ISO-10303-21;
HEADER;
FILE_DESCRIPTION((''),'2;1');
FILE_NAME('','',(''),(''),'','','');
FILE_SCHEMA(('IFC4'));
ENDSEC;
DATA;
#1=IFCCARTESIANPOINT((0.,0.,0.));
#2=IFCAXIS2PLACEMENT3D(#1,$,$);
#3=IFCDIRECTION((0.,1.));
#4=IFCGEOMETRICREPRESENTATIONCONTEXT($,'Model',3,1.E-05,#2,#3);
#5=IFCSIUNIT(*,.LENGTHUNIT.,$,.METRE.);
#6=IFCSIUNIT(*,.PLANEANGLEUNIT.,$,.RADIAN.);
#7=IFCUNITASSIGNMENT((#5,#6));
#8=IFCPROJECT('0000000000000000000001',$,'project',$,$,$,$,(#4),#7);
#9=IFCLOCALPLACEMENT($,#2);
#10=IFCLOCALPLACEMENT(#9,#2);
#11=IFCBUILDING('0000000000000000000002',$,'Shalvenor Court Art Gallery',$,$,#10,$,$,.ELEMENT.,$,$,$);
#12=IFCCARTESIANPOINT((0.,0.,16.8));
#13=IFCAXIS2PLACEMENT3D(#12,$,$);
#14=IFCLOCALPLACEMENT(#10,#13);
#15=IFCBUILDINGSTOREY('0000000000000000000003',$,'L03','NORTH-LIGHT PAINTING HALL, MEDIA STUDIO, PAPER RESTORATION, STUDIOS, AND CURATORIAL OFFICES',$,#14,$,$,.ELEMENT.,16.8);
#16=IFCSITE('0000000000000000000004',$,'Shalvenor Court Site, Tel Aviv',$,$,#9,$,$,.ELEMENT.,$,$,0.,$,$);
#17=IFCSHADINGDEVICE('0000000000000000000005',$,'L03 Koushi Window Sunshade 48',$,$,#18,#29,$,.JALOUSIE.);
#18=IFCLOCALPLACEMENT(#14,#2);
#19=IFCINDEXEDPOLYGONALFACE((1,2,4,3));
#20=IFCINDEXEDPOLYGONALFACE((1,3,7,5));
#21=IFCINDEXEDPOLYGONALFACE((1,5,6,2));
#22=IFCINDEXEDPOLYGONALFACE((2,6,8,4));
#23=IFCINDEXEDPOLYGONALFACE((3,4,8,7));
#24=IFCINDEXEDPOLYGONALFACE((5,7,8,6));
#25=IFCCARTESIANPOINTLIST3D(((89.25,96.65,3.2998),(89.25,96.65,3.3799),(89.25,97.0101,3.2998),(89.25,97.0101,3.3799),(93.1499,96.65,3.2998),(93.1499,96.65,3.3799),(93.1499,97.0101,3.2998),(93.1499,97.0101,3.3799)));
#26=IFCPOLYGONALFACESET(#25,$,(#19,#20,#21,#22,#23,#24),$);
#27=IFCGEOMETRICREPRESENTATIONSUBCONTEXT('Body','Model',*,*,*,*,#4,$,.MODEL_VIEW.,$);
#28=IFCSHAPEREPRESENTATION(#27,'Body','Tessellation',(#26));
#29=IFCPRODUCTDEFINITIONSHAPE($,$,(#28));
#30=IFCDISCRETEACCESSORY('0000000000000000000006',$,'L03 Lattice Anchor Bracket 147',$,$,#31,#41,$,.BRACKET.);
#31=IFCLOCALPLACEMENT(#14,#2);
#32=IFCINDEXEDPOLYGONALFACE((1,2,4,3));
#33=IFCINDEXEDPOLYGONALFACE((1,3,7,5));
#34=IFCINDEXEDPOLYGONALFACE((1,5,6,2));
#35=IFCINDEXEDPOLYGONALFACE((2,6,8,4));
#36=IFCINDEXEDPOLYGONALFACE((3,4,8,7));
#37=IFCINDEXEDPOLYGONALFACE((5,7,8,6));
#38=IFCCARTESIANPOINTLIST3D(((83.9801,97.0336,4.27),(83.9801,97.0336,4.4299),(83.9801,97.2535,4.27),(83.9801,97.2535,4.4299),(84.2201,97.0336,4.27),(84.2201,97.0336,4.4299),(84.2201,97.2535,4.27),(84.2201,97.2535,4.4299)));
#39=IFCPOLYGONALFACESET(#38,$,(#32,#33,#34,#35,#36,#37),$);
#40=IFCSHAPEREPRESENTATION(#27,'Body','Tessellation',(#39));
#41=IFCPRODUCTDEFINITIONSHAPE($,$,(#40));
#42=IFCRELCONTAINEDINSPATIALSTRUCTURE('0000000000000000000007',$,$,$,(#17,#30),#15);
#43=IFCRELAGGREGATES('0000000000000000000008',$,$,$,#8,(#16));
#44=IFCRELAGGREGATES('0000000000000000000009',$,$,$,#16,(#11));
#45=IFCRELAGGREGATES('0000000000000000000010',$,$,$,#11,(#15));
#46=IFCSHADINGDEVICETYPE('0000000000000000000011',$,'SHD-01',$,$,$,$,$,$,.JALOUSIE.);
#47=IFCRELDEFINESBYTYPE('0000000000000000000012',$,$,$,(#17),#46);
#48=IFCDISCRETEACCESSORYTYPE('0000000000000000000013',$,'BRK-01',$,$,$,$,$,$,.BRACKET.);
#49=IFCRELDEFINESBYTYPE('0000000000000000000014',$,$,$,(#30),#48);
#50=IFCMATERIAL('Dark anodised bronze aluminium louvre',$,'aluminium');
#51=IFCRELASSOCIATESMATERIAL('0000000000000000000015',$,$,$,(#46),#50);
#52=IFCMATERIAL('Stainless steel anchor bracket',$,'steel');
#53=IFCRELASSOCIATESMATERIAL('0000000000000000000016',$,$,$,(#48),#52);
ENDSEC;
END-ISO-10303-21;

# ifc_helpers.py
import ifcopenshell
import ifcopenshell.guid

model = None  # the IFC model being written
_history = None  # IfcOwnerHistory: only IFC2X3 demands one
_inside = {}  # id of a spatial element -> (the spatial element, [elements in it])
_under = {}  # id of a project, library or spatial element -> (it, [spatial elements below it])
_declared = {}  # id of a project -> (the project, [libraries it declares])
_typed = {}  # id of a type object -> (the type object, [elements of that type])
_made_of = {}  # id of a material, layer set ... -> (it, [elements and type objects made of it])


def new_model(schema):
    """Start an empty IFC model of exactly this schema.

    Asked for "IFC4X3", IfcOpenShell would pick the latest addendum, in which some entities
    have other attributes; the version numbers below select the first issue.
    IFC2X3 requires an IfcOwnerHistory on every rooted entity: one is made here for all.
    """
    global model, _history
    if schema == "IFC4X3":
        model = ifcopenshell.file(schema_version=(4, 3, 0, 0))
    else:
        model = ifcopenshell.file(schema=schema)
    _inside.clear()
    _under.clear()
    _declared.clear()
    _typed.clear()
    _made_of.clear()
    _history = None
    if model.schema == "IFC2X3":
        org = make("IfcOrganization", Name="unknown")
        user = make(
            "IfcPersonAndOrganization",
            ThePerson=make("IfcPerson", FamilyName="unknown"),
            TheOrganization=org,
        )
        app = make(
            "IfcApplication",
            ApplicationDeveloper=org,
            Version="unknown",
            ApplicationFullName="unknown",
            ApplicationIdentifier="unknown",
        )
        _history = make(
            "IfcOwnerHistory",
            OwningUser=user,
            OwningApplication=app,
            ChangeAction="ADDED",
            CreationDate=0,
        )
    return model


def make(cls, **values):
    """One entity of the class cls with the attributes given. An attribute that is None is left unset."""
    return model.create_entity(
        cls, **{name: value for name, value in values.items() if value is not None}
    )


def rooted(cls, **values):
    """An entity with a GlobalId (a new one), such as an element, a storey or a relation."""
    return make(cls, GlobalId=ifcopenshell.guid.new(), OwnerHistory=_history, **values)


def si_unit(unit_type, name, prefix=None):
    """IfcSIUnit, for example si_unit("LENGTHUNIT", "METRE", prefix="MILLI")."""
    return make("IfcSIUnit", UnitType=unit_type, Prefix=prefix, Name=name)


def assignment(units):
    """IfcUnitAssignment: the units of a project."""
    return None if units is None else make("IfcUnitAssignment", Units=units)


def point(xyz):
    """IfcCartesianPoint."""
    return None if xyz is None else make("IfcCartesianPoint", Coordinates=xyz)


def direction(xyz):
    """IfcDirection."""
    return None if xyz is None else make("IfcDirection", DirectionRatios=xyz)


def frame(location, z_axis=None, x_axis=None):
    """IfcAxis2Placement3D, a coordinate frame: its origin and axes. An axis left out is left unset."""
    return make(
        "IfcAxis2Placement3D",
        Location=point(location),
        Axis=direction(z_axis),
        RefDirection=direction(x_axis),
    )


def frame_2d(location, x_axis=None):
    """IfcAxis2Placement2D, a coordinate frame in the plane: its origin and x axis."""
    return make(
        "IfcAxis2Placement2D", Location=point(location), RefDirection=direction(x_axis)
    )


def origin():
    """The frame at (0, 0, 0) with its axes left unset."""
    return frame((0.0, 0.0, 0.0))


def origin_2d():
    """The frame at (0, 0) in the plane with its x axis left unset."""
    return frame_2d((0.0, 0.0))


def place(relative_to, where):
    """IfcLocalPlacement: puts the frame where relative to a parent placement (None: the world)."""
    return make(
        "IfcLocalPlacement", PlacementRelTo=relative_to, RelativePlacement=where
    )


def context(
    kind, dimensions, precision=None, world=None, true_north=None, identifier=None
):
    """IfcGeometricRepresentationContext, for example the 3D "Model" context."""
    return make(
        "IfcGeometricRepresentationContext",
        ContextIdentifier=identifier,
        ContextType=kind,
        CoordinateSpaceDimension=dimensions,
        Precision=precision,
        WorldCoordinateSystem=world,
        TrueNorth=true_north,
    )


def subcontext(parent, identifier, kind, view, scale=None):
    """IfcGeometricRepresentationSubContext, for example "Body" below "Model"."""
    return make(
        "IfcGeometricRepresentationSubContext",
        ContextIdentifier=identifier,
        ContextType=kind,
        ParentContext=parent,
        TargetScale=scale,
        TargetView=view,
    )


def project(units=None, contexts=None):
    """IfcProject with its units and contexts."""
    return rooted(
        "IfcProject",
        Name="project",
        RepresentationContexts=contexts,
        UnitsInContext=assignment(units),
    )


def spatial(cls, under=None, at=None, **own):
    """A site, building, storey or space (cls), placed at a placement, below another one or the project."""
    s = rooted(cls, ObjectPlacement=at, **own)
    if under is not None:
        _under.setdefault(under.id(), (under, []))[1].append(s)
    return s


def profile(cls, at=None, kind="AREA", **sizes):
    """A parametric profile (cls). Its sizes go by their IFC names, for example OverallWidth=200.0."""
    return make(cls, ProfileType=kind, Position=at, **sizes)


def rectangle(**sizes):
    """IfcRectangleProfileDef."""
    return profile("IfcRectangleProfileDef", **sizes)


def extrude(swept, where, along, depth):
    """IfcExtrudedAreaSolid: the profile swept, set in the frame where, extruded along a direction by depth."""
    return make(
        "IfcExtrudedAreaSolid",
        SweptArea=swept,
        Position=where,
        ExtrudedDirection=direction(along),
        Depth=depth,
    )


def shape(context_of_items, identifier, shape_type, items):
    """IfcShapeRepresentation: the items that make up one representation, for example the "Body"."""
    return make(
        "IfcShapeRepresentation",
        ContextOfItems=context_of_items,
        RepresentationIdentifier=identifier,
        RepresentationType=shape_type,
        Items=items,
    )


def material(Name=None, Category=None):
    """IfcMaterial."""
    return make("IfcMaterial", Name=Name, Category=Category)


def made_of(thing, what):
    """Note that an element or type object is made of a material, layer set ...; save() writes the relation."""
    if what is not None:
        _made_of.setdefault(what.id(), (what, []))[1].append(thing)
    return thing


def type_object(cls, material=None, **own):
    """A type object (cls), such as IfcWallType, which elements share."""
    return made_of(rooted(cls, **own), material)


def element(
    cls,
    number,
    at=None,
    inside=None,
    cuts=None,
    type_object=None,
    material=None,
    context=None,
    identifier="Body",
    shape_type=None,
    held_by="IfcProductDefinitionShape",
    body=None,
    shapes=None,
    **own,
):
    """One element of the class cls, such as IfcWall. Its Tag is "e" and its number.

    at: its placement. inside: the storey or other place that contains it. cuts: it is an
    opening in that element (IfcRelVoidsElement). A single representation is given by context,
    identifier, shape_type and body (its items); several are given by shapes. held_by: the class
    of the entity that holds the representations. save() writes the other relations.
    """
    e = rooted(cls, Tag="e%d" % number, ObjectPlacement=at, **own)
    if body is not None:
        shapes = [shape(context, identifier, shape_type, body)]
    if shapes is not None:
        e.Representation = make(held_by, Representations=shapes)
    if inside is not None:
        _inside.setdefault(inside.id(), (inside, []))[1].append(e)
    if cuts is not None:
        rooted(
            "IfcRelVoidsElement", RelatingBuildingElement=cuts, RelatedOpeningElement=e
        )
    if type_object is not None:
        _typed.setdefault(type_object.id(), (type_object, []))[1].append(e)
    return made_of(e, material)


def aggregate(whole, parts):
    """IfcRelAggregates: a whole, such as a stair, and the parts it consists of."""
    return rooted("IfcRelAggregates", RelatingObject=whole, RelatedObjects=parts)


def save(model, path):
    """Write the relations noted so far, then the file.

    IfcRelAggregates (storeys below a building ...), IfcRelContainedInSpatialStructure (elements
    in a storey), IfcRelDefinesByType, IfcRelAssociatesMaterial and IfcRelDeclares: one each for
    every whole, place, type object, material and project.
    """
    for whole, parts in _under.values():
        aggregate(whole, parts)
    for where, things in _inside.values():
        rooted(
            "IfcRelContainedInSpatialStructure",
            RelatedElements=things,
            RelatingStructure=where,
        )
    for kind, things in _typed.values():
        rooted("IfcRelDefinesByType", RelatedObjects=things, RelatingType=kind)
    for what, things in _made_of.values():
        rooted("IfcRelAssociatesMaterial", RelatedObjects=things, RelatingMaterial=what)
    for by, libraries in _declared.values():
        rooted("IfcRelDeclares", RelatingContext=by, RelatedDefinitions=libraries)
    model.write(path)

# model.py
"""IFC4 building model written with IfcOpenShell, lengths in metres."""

from ifc_helpers import new_model, si_unit, direction, frame, origin, origin_2d, place, context, subcontext, project, spatial, rectangle, extrude, material, type_object, element, save


model = new_model("IFC4")

# Units and contexts
model_context = context("Model", 3, precision=1e-05, world=origin(), true_north=direction((0.0, 1.0)))
body_context = subcontext(model_context, "Body", "Model", "MODEL_VIEW")
ifc_project = project(units=[si_unit("LENGTHUNIT", "METRE"), si_unit("PLANEANGLEUNIT", "RADIAN")], contexts=[model_context])

# Site, building, storey
site_placement = place(None, origin())
site = spatial("IfcSite", under=ifc_project, at=site_placement, Name="Shalvenor Court Site, Tel Aviv", CompositionType="ELEMENT", RefElevation=0.0)
building_placement = place(site_placement, origin())
building = spatial("IfcBuilding", under=site, at=building_placement, Name="Shalvenor Court Art Gallery", CompositionType="ELEMENT")
storey_placement = place(building_placement, frame((0.0, 0.0, 16.8)))
storey = spatial("IfcBuildingStorey", under=building, at=storey_placement, Name="L03", Description="NORTH-LIGHT PAINTING HALL, MEDIA STUDIO, PAPER RESTORATION, STUDIOS, AND CURATORIAL OFFICES", CompositionType="ELEMENT", Elevation=16.8)

# Shading device
ifc_material_1 = material(Name="Dark anodised bronze aluminium louvre", Category="aluminium")
shading_device_type = type_object("IfcShadingDeviceType", Name="SHD-01", PredefinedType="JALOUSIE", material=ifc_material_1)
shading_device_placement = place(storey_placement, frame((91.2, 96.8301, 3.2998), z_axis=(0.0, 0.0, 1.0), x_axis=(-1.0, 0.0, 0.0)))
element("IfcShadingDevice", 1, at=shading_device_placement, inside=storey, type_object=shading_device_type, Name="L03 Koushi Window Sunshade 48", PredefinedType="JALOUSIE", context=body_context, shape_type="SweptSolid", body=[
    extrude(rectangle(XDim=3.8999, YDim=0.3601, at=origin_2d()), origin(), (0.0, 0.0, 1.0), 0.0801),
])

# Discrete accessory
ifc_material_2 = material(Name="Stainless steel anchor bracket", Category="steel")
discrete_accessory_type = type_object("IfcDiscreteAccessoryType", Name="BRK-01", PredefinedType="BRACKET", material=ifc_material_2)
discrete_accessory_placement = place(storey_placement, frame((84.1001, 97.1436, 4.27), z_axis=(0.0, 0.0, 1.0), x_axis=(-1.0, 0.0, 0.0)))
element("IfcDiscreteAccessory", 2, at=discrete_accessory_placement, inside=storey, type_object=discrete_accessory_type, Name="L03 Lattice Anchor Bracket 147", PredefinedType="BRACKET", context=body_context, shape_type="SweptSolid", body=[
    extrude(rectangle(XDim=0.24, YDim=0.22, at=origin_2d()), origin(), (0.0, 0.0, 1.0), 0.1599),
])

save(model, "model.ifc")
